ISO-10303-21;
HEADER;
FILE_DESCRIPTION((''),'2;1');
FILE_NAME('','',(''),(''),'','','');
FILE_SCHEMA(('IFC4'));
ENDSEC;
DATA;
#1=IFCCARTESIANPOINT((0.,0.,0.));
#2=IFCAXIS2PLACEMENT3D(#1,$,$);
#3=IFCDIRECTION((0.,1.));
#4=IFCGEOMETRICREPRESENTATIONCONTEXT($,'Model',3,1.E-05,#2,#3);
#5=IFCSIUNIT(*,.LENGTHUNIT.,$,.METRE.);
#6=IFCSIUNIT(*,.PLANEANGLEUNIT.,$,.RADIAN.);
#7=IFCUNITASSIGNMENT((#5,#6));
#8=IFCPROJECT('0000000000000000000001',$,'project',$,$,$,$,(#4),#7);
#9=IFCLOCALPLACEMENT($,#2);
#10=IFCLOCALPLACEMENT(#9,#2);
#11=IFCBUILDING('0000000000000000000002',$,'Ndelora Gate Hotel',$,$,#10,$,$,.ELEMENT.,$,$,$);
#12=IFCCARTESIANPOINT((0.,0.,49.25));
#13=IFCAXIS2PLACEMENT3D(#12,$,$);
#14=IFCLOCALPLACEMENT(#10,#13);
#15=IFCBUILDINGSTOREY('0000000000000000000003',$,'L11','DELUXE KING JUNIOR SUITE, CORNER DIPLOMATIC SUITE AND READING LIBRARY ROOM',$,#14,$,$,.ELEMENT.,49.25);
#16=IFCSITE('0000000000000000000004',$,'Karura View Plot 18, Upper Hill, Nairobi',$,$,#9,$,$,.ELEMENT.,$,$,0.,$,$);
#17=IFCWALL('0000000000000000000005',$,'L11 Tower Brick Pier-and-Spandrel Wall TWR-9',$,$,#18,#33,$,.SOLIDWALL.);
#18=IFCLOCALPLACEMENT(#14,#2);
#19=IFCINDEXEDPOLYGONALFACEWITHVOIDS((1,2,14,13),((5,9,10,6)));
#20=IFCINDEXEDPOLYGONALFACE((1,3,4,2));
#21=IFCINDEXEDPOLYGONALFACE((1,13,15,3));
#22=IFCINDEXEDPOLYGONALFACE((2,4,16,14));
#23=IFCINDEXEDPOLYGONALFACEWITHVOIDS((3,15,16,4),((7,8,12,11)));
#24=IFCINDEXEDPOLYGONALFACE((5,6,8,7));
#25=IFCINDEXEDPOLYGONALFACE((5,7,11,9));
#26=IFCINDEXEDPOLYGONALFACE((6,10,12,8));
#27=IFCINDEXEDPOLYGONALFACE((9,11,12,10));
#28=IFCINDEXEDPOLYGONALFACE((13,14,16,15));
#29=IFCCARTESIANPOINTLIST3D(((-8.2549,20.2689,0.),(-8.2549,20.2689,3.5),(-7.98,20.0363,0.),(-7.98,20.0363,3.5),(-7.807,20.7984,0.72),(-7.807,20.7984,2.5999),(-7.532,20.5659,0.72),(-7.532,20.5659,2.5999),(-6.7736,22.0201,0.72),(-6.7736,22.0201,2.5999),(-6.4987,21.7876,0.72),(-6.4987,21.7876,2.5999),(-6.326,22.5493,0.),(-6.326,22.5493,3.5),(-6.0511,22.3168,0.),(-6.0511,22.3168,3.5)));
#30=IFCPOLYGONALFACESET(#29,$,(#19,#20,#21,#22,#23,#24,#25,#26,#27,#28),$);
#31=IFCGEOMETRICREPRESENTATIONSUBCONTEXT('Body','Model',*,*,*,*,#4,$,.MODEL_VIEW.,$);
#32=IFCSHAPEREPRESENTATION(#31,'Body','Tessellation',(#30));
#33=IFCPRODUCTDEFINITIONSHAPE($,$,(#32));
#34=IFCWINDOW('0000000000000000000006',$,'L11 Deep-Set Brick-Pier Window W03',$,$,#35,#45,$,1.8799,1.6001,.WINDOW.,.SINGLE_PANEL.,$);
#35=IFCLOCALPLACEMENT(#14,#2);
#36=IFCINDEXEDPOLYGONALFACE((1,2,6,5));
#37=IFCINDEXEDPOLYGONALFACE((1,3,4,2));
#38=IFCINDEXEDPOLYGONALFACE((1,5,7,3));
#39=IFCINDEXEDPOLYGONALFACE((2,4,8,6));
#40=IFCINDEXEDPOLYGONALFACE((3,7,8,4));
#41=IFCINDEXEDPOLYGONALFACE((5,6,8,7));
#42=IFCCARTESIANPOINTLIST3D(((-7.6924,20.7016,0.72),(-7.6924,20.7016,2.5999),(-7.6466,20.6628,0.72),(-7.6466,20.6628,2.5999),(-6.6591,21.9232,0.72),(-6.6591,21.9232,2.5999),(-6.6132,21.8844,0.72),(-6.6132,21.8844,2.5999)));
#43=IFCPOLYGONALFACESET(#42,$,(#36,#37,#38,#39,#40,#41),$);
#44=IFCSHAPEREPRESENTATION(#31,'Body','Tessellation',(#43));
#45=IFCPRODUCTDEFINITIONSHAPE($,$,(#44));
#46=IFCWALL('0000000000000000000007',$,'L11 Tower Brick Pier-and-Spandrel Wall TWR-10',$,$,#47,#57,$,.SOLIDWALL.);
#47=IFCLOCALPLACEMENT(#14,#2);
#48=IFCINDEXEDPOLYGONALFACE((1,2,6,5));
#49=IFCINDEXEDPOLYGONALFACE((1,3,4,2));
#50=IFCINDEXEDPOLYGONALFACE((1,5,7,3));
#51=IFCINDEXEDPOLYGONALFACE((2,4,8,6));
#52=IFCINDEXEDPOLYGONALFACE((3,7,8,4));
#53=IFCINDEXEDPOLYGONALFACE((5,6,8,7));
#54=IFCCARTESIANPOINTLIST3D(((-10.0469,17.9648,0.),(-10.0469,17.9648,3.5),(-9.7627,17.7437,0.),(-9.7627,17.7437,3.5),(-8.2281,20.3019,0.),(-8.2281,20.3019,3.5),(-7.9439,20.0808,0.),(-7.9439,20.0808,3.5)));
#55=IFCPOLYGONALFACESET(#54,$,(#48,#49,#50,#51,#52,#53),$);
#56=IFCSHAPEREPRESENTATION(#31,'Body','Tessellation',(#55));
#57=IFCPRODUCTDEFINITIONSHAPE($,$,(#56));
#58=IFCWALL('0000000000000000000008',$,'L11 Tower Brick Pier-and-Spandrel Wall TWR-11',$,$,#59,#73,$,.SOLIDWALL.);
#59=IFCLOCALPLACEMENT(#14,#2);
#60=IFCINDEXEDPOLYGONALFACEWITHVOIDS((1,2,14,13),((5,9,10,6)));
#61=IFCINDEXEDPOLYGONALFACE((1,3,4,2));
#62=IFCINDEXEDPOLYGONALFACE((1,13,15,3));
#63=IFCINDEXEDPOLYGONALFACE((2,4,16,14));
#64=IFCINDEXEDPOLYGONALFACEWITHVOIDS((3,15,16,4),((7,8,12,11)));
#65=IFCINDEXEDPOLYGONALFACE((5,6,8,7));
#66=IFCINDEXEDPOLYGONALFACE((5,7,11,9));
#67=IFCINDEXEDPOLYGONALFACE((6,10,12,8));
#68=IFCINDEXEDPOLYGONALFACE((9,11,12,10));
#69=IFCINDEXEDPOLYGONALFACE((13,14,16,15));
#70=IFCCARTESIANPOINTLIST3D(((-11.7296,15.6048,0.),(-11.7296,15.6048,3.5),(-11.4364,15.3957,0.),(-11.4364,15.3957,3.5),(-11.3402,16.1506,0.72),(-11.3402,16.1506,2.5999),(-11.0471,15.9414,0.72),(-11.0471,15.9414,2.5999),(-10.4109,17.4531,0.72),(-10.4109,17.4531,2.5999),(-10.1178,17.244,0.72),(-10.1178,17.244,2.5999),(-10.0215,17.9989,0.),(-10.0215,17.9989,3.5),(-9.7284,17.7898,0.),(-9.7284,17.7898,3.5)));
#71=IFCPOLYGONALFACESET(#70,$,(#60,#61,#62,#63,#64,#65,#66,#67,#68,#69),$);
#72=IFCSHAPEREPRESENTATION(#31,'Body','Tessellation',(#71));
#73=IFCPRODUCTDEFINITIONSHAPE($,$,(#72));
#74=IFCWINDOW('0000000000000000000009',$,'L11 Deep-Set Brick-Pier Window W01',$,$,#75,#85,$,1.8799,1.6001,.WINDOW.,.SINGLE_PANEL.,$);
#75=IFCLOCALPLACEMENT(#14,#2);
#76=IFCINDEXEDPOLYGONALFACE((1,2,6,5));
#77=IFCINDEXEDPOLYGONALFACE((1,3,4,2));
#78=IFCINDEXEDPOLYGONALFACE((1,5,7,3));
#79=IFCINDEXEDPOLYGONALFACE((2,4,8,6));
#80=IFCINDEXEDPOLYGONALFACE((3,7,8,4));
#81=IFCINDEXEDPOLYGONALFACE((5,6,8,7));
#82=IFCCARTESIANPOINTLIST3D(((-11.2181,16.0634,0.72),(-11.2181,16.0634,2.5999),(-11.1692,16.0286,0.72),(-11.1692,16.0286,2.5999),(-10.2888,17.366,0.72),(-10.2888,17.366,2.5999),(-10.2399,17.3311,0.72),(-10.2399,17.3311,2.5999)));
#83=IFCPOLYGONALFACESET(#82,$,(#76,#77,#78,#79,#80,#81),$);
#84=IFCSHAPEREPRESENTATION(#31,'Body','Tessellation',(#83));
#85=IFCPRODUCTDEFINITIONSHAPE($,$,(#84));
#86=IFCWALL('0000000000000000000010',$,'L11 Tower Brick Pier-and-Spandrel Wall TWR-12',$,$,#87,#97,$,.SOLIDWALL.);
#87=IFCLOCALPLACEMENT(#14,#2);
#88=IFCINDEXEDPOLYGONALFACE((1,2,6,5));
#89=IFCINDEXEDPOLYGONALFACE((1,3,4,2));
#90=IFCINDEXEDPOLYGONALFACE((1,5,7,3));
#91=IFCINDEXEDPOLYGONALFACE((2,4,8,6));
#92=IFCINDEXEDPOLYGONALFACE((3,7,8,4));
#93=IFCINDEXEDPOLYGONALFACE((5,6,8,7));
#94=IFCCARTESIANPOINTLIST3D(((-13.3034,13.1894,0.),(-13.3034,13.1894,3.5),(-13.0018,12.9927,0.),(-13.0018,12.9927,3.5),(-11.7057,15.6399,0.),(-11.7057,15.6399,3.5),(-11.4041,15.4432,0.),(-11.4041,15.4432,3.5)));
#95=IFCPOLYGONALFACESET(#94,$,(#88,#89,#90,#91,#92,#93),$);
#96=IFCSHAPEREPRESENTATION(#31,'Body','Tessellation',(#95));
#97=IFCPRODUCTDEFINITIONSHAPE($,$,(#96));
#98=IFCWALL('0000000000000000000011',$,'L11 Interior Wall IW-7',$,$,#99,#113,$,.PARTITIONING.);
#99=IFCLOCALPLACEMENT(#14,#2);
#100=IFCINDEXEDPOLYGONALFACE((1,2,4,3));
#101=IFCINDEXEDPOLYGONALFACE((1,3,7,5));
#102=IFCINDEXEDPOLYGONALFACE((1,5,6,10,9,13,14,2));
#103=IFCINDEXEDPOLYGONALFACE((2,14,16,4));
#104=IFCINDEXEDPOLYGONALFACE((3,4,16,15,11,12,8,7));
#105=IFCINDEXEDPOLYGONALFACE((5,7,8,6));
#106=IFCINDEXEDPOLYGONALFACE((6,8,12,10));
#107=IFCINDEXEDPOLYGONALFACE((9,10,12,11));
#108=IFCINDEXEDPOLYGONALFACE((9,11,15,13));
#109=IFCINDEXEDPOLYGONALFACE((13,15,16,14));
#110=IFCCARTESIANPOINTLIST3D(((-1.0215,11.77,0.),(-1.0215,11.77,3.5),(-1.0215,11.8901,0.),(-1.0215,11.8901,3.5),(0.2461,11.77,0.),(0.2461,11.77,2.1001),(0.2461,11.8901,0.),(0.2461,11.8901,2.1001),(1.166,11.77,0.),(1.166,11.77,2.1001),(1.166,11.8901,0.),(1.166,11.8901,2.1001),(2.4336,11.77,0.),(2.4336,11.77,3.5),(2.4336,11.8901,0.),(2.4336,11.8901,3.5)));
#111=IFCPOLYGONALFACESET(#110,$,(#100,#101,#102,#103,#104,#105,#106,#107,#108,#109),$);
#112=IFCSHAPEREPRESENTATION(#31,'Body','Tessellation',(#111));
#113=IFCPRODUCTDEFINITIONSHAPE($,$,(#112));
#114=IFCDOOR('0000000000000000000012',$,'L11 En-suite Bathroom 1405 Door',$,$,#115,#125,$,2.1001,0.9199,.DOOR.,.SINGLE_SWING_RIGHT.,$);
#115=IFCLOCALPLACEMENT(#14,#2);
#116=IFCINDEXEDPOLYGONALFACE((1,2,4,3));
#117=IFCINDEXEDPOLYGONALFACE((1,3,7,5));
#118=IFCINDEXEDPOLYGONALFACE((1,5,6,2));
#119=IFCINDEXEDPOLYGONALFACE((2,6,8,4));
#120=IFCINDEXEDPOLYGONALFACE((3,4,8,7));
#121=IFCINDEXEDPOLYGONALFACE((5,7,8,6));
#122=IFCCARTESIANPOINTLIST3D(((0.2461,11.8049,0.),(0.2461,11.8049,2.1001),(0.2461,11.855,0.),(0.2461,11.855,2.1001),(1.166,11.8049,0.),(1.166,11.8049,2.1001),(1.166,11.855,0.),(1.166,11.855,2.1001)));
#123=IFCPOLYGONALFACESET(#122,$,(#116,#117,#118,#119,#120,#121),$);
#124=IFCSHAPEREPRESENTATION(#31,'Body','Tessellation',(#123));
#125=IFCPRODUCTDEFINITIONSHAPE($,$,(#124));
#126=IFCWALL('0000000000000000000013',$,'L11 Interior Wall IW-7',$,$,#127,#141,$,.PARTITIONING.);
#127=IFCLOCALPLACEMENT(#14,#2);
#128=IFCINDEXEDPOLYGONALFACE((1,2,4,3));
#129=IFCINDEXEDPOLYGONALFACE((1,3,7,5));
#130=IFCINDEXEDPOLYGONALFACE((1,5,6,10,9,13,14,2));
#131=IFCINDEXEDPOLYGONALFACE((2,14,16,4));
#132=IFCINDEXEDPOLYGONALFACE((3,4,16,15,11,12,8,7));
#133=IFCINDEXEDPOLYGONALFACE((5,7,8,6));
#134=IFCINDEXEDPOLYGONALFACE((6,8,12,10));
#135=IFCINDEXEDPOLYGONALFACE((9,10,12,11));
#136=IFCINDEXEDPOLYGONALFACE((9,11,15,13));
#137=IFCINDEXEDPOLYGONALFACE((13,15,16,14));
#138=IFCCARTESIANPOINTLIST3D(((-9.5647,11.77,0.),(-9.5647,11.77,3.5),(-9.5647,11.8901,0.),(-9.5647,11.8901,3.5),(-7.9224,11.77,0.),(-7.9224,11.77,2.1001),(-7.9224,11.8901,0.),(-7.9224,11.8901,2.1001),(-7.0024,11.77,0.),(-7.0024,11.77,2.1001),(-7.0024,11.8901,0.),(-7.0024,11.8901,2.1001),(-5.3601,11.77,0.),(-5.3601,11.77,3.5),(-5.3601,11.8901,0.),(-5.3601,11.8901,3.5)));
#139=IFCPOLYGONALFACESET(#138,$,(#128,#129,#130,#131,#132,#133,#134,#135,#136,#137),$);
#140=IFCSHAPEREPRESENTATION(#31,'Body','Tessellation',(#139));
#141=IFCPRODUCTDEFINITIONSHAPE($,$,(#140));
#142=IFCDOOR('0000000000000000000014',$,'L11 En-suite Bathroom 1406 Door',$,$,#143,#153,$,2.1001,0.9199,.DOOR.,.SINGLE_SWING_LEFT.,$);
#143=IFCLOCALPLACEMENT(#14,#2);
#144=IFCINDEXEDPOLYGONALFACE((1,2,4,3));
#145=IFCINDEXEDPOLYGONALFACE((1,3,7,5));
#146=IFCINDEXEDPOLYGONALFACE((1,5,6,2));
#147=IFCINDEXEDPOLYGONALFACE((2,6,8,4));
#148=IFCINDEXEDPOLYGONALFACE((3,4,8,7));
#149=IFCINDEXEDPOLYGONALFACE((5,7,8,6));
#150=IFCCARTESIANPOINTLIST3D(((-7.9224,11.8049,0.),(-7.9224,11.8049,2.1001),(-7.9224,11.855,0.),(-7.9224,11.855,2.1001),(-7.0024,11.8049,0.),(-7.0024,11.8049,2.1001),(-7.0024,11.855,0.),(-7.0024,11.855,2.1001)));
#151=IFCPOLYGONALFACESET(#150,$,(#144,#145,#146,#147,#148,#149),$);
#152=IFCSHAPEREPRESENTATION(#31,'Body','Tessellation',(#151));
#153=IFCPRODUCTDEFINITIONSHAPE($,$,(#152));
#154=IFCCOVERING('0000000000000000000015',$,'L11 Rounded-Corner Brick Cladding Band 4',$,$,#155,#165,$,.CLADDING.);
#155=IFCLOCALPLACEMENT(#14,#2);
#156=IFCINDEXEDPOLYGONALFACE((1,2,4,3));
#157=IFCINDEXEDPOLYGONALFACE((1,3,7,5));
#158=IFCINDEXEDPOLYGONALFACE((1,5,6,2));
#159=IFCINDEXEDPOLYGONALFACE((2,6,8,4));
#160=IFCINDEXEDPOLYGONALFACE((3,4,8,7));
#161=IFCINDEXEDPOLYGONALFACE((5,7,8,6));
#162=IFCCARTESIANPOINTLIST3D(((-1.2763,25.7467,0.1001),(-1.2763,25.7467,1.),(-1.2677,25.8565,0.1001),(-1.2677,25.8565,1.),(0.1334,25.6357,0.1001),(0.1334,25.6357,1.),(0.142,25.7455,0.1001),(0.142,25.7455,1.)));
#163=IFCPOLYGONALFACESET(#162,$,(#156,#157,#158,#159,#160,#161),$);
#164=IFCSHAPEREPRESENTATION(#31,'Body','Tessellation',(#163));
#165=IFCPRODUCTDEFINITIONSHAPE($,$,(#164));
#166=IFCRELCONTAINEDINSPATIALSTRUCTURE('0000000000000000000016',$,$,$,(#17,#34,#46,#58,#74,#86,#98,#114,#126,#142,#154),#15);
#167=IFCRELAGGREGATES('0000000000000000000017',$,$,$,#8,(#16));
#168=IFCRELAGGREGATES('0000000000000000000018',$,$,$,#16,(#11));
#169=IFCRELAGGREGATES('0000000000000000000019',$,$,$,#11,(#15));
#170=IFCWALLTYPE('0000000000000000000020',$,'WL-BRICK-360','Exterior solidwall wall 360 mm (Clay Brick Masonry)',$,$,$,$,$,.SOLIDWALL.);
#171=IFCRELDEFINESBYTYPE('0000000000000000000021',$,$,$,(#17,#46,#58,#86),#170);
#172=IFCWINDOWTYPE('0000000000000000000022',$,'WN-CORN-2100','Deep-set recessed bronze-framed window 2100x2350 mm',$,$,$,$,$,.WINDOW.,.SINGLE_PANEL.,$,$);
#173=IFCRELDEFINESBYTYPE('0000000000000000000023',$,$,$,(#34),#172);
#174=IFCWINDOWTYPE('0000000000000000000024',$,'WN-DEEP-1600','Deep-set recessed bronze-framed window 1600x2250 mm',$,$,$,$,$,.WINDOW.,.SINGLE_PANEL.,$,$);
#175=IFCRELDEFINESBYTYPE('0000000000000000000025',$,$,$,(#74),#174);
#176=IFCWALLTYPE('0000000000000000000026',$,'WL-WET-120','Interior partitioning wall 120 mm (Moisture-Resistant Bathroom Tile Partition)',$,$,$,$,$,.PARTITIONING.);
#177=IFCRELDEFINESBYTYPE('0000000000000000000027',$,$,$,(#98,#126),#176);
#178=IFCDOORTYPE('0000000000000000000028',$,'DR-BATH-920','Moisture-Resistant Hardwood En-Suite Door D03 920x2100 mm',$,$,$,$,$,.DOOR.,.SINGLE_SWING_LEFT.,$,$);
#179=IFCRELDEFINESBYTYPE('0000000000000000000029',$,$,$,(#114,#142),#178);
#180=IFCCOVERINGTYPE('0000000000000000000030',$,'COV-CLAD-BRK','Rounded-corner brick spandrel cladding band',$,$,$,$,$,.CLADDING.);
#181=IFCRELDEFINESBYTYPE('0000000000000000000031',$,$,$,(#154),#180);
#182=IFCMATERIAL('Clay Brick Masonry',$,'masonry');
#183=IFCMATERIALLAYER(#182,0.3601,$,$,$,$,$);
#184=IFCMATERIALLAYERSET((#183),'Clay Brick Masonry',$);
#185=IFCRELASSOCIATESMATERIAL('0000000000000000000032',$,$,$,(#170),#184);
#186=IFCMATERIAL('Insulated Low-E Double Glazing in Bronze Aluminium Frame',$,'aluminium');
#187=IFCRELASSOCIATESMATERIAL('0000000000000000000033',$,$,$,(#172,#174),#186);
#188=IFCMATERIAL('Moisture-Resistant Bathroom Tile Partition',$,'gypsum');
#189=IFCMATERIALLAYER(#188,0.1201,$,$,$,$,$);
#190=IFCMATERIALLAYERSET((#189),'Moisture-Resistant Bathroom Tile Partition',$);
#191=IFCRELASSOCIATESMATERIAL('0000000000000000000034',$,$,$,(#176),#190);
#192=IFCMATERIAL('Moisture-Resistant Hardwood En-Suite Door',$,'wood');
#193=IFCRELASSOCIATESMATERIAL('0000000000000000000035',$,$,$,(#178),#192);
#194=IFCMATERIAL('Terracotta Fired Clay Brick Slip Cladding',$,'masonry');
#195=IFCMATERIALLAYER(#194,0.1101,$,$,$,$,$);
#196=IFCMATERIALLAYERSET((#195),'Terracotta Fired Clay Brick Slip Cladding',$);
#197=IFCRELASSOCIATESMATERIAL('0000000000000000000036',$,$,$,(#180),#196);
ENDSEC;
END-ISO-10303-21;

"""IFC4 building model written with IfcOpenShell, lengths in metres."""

from ifc_helpers import new_model, si_unit, direction, frame, frame_2d, origin, origin_2d, place, context, subcontext, project, spatial, rectangle, extrude, material, layer, layer_set, type_object, element, fill, save


model = new_model("IFC4")

# Units and contexts
model_context = context("Model", 3, precision=1e-05, world=origin(), true_north=direction((0.0, 1.0)))
body_context = subcontext(model_context, "Body", "Model", "MODEL_VIEW")
ifc_project = project(units=[si_unit("LENGTHUNIT", "METRE"), si_unit("PLANEANGLEUNIT", "RADIAN")], contexts=[model_context])

# Site, building, storey
site_placement = place(None, origin())
site = spatial("IfcSite", under=ifc_project, at=site_placement, Name="Karura View Plot 18, Upper Hill, Nairobi", CompositionType="ELEMENT", RefElevation=0.0)
building_placement = place(site_placement, origin())
building = spatial("IfcBuilding", under=site, at=building_placement, Name="Ndelora Gate Hotel", CompositionType="ELEMENT")
storey_placement = place(building_placement, frame((0.0, 0.0, 49.25)))
storey = spatial("IfcBuildingStorey", under=building, at=storey_placement, Name="L11", Description="DELUXE KING JUNIOR SUITE, CORNER DIPLOMATIC SUITE AND READING LIBRARY ROOM", CompositionType="ELEMENT", Elevation=49.25)

# Shared definitions
ifc_material_1 = material(Name="Clay Brick Masonry", Category="masonry")
ifc_layer_1 = layer(ifc_material_1, 0.3601)
ifc_layer_set_1 = layer_set([ifc_layer_1], Name="Clay Brick Masonry")
wall_type_1 = type_object("IfcWallType", Name="WL-BRICK-360", Description="Exterior solidwall wall 360 mm (Clay Brick Masonry)", PredefinedType="SOLIDWALL", material=ifc_layer_set_1)

# Wall, opening, window
wall_1_placement = place(storey_placement, frame((-8.1174, 20.1526, 0.0), z_axis=(0.0, 0.0, 1.0), x_axis=(0.645803, 0.763504, 0.0)))
wall_1 = element("IfcWall", 1, at=wall_1_placement, inside=storey, type_object=wall_type_1, Name="L11 Tower Brick Pier-and-Spandrel Wall TWR-9", PredefinedType="SOLIDWALL", context=body_context, shape_type="SweptSolid", body=[
    extrude(rectangle(XDim=2.9868, YDim=0.3601, at=frame_2d((1.4934, 0.0))), origin(), (0.0, 0.0, 1.0), 3.5),
])
opening_1_placement = place(wall_1_placement, frame((0.6936, 0.0, 0.72)))
opening_1 = element("IfcOpeningElement", 2, at=opening_1_placement, cuts=wall_1, PredefinedType="OPENING", context=body_context, shape_type="SweptSolid", body=[
    extrude(rectangle(XDim=1.6001, YDim=1.8799, at=frame_2d((0.8, 0.9399))), frame((0.0, 0.1899, 0.0), z_axis=(0.0, -1.0, 0.0), x_axis=(1.0, 0.0, 0.0)), (0.0, 0.0, 1.0), 0.3801),
])
ifc_material_2 = material(Name="Insulated Low-E Double Glazing in Bronze Aluminium Frame", Category="aluminium")
window_type_1 = type_object("IfcWindowType", Name="WN-CORN-2100", Description="Deep-set recessed bronze-framed window 2100x2350 mm", PartitioningType="SINGLE_PANEL", PredefinedType="WINDOW", material=ifc_material_2)
window_1_placement = place(opening_1_placement, origin())
window_1 = element("IfcWindow", 3, at=window_1_placement, inside=storey, type_object=window_type_1, Name="L11 Deep-Set Brick-Pier Window W03", OverallHeight=1.8799, OverallWidth=1.6001, PartitioningType="SINGLE_PANEL", PredefinedType="WINDOW", context=body_context, shape_type="SweptSolid", body=[
    extrude(rectangle(XDim=1.6001, YDim=1.8799, at=frame_2d((0.8, 0.9399))), frame((0.0, 0.03, 0.0), z_axis=(0.0, -1.0, 0.0), x_axis=(1.0, 0.0, 0.0)), (0.0, 0.0, 1.0), 0.0601),
])
fill(opening_1, window_1)

# Wall
wall_2_placement = place(storey_placement, frame((-9.9048, 17.8542, 0.0), z_axis=(0.0, 0.0, 1.0), x_axis=(0.614163, 0.789179, 0.0)))
element("IfcWall", 4, at=wall_2_placement, inside=storey, type_object=wall_type_1, Name="L11 Tower Brick Pier-and-Spandrel Wall TWR-10", PredefinedType="SOLIDWALL", context=body_context, shape_type="SweptSolid", body=[
    extrude(rectangle(XDim=2.9614, YDim=0.3601, at=frame_2d((1.4807, 0.0))), origin(), (0.0, 0.0, 1.0), 3.5),
])

# Wall, opening, window
wall_3_placement = place(storey_placement, frame((-11.583, 15.5002, 0.0), z_axis=(0.0, 0.0, 1.0), x_axis=(0.580783, 0.814059, 0.0)))
wall_3 = element("IfcWall", 5, at=wall_3_placement, inside=storey, type_object=wall_type_1, Name="L11 Tower Brick Pier-and-Spandrel Wall TWR-11", PredefinedType="SOLIDWALL", context=body_context, shape_type="SweptSolid", body=[
    extrude(rectangle(XDim=2.9409, YDim=0.3601, at=frame_2d((1.4705, 0.0))), origin(), (0.0, 0.0, 1.0), 3.5),
])
opening_2_placement = place(wall_3_placement, frame((0.6704, 0.0, 0.72)))
opening_2 = element("IfcOpeningElement", 6, at=opening_2_placement, cuts=wall_3, PredefinedType="OPENING", context=body_context, shape_type="SweptSolid", body=[
    extrude(rectangle(XDim=1.6001, YDim=1.8799, at=frame_2d((0.8, 0.9399))), frame((0.0, 0.1899, 0.0), z_axis=(0.0, -1.0, 0.0), x_axis=(1.0, 0.0, 0.0)), (0.0, 0.0, 1.0), 0.3801),
])
window_type_2 = type_object("IfcWindowType", Name="WN-DEEP-1600", Description="Deep-set recessed bronze-framed window 1600x2250 mm", PartitioningType="SINGLE_PANEL", PredefinedType="WINDOW", material=ifc_material_2)
window_2_placement = place(opening_2_placement, origin())
window_2 = element("IfcWindow", 7, at=window_2_placement, inside=storey, type_object=window_type_2, Name="L11 Deep-Set Brick-Pier Window W01", OverallHeight=1.8799, OverallWidth=1.6001, PartitioningType="SINGLE_PANEL", PredefinedType="WINDOW", context=body_context, shape_type="SweptSolid", body=[
    extrude(rectangle(XDim=1.6001, YDim=1.8799, at=frame_2d((0.8, 0.9399))), frame((0.0, 0.03, 0.0), z_axis=(0.0, -1.0, 0.0), x_axis=(1.0, 0.0, 0.0)), (0.0, 0.0, 1.0), 0.0601),
])
fill(opening_2, window_2)

# Wall
wall_4_placement = place(storey_placement, frame((-13.1526, 13.0911, 0.0), z_axis=(0.0, 0.0, 1.0), x_axis=(0.546158, 0.837682, 0.0)))
element("IfcWall", 8, at=wall_4_placement, inside=storey, type_object=wall_type_1, Name="L11 Tower Brick Pier-and-Spandrel Wall TWR-12", PredefinedType="SOLIDWALL", context=body_context, shape_type="SweptSolid", body=[
    extrude(rectangle(XDim=2.9253, YDim=0.3601, at=frame_2d((1.4626, 0.0))), origin(), (0.0, 0.0, 1.0), 3.5),
])

# Walls, openings, doors
ifc_material_3 = material(Name="Moisture-Resistant Bathroom Tile Partition", Category="gypsum")
ifc_layer_2 = layer(ifc_material_3, 0.1201)
ifc_layer_set_2 = layer_set([ifc_layer_2], Name="Moisture-Resistant Bathroom Tile Partition")
wall_type_2 = type_object("IfcWallType", Name="WL-WET-120", Description="Interior partitioning wall 120 mm (Moisture-Resistant Bathroom Tile Partition)", PredefinedType="PARTITIONING", material=ifc_layer_set_2)
wall_5_placement = place(storey_placement, frame((-1.0215, 11.8301, 0.0), z_axis=(0.0, 0.0, 1.0), x_axis=(1.0, 0.0, 0.0)))
wall_5 = element("IfcWall", 9, at=wall_5_placement, inside=storey, type_object=wall_type_2, Name="L11 Interior Wall IW-7", PredefinedType="PARTITIONING", context=body_context, shape_type="SweptSolid", body=[
    extrude(rectangle(XDim=3.4551, YDim=0.1201, at=frame_2d((1.7275, 0.0))), origin(), (0.0, 0.0, 1.0), 3.5),
])
opening_3_placement = place(wall_5_placement, frame((1.2676, 0.0, 0.0)))
opening_3 = element("IfcOpeningElement", 10, at=opening_3_placement, cuts=wall_5, PredefinedType="OPENING", context=body_context, shape_type="SweptSolid", body=[
    extrude(rectangle(XDim=0.9199, YDim=2.1001, at=frame_2d((0.46, 1.05))), frame((0.0, 0.0701, 0.0), z_axis=(0.0, -1.0, 0.0), x_axis=(1.0, 0.0, 0.0)), (0.0, 0.0, 1.0), 0.1401),
])
ifc_material_4 = material(Name="Moisture-Resistant Hardwood En-Suite Door", Category="wood")
door_type = type_object("IfcDoorType", Name="DR-BATH-920", Description="Moisture-Resistant Hardwood En-Suite Door D03 920x2100 mm", OperationType="SINGLE_SWING_LEFT", PredefinedType="DOOR", material=ifc_material_4)
door_1_placement = place(opening_3_placement, origin())
door_1 = element("IfcDoor", 11, at=door_1_placement, inside=storey, type_object=door_type, Name="L11 En-suite Bathroom 1405 Door", OperationType="SINGLE_SWING_RIGHT", OverallHeight=2.1001, OverallWidth=0.9199, PredefinedType="DOOR", context=body_context, shape_type="SweptSolid", body=[
    extrude(rectangle(XDim=0.9199, YDim=2.1001, at=frame_2d((0.46, 1.05))), frame((0.0, 0.0249, 0.0), z_axis=(0.0, -1.0, 0.0), x_axis=(1.0, 0.0, 0.0)), (0.0, 0.0, 1.0), 0.05),
])
fill(opening_3, door_1)
wall_6_placement = place(storey_placement, frame((-9.5647, 11.8301, 0.0), z_axis=(0.0, 0.0, 1.0), x_axis=(1.0, 0.0, 0.0)))
wall_6 = element("IfcWall", 12, at=wall_6_placement, inside=storey, type_object=wall_type_2, Name="L11 Interior Wall IW-7", PredefinedType="PARTITIONING", context=body_context, shape_type="SweptSolid", body=[
    extrude(rectangle(XDim=4.2046, YDim=0.1201, at=frame_2d((2.1023, 0.0))), origin(), (0.0, 0.0, 1.0), 3.5),
])
opening_4_placement = place(wall_6_placement, frame((1.6423, 0.0, 0.0)))
opening_4 = element("IfcOpeningElement", 13, at=opening_4_placement, cuts=wall_6, PredefinedType="OPENING", context=body_context, shape_type="SweptSolid", body=[
    extrude(rectangle(XDim=0.9199, YDim=2.1001, at=frame_2d((0.46, 1.05))), frame((0.0, 0.0701, 0.0), z_axis=(0.0, -1.0, 0.0), x_axis=(1.0, 0.0, 0.0)), (0.0, 0.0, 1.0), 0.1401),
])
door_2_placement = place(opening_4_placement, origin())
door_2 = element("IfcDoor", 14, at=door_2_placement, inside=storey, type_object=door_type, Name="L11 En-suite Bathroom 1406 Door", OperationType="SINGLE_SWING_LEFT", OverallHeight=2.1001, OverallWidth=0.9199, PredefinedType="DOOR", context=body_context, shape_type="SweptSolid", body=[
    extrude(rectangle(XDim=0.9199, YDim=2.1001, at=frame_2d((0.46, 1.05))), frame((0.0, 0.0249, 0.0), z_axis=(0.0, -1.0, 0.0), x_axis=(1.0, 0.0, 0.0)), (0.0, 0.0, 1.0), 0.05),
])
fill(opening_4, door_2)

# Covering
ifc_material_5 = material(Name="Terracotta Fired Clay Brick Slip Cladding", Category="masonry")
ifc_layer_3 = layer(ifc_material_5, 0.1101)
ifc_layer_set_3 = layer_set([ifc_layer_3], Name="Terracotta Fired Clay Brick Slip Cladding")
covering_type_1 = type_object("IfcCoveringType", Name="COV-CLAD-BRK", Description="Rounded-corner brick spandrel cladding band", PredefinedType="CLADDING", material=ifc_layer_set_3)
for number, where, z_axis, x_axis, name in (
    (15, (-0.5671, 25.7461, 0.1001), (0.0, 0.0, 1.0), (-0.996917, 0.078459, 0.0), "L11 Rounded-Corner Brick Cladding Band 4"),
):
    element("IfcCovering", number, at=place(storey_placement, frame(where, z_axis=z_axis, x_axis=x_axis)), inside=storey, type_object=covering_type_1, Name=name, PredefinedType="CLADDING", context=body_context, shape_type="SweptSolid", body=[
        extrude(rectangle(XDim=1.4141, YDim=0.1101, at=origin_2d()), origin(), (0.0, 0.0, 1.0), 0.8999),
    ])

save(model, "model.ifc")
